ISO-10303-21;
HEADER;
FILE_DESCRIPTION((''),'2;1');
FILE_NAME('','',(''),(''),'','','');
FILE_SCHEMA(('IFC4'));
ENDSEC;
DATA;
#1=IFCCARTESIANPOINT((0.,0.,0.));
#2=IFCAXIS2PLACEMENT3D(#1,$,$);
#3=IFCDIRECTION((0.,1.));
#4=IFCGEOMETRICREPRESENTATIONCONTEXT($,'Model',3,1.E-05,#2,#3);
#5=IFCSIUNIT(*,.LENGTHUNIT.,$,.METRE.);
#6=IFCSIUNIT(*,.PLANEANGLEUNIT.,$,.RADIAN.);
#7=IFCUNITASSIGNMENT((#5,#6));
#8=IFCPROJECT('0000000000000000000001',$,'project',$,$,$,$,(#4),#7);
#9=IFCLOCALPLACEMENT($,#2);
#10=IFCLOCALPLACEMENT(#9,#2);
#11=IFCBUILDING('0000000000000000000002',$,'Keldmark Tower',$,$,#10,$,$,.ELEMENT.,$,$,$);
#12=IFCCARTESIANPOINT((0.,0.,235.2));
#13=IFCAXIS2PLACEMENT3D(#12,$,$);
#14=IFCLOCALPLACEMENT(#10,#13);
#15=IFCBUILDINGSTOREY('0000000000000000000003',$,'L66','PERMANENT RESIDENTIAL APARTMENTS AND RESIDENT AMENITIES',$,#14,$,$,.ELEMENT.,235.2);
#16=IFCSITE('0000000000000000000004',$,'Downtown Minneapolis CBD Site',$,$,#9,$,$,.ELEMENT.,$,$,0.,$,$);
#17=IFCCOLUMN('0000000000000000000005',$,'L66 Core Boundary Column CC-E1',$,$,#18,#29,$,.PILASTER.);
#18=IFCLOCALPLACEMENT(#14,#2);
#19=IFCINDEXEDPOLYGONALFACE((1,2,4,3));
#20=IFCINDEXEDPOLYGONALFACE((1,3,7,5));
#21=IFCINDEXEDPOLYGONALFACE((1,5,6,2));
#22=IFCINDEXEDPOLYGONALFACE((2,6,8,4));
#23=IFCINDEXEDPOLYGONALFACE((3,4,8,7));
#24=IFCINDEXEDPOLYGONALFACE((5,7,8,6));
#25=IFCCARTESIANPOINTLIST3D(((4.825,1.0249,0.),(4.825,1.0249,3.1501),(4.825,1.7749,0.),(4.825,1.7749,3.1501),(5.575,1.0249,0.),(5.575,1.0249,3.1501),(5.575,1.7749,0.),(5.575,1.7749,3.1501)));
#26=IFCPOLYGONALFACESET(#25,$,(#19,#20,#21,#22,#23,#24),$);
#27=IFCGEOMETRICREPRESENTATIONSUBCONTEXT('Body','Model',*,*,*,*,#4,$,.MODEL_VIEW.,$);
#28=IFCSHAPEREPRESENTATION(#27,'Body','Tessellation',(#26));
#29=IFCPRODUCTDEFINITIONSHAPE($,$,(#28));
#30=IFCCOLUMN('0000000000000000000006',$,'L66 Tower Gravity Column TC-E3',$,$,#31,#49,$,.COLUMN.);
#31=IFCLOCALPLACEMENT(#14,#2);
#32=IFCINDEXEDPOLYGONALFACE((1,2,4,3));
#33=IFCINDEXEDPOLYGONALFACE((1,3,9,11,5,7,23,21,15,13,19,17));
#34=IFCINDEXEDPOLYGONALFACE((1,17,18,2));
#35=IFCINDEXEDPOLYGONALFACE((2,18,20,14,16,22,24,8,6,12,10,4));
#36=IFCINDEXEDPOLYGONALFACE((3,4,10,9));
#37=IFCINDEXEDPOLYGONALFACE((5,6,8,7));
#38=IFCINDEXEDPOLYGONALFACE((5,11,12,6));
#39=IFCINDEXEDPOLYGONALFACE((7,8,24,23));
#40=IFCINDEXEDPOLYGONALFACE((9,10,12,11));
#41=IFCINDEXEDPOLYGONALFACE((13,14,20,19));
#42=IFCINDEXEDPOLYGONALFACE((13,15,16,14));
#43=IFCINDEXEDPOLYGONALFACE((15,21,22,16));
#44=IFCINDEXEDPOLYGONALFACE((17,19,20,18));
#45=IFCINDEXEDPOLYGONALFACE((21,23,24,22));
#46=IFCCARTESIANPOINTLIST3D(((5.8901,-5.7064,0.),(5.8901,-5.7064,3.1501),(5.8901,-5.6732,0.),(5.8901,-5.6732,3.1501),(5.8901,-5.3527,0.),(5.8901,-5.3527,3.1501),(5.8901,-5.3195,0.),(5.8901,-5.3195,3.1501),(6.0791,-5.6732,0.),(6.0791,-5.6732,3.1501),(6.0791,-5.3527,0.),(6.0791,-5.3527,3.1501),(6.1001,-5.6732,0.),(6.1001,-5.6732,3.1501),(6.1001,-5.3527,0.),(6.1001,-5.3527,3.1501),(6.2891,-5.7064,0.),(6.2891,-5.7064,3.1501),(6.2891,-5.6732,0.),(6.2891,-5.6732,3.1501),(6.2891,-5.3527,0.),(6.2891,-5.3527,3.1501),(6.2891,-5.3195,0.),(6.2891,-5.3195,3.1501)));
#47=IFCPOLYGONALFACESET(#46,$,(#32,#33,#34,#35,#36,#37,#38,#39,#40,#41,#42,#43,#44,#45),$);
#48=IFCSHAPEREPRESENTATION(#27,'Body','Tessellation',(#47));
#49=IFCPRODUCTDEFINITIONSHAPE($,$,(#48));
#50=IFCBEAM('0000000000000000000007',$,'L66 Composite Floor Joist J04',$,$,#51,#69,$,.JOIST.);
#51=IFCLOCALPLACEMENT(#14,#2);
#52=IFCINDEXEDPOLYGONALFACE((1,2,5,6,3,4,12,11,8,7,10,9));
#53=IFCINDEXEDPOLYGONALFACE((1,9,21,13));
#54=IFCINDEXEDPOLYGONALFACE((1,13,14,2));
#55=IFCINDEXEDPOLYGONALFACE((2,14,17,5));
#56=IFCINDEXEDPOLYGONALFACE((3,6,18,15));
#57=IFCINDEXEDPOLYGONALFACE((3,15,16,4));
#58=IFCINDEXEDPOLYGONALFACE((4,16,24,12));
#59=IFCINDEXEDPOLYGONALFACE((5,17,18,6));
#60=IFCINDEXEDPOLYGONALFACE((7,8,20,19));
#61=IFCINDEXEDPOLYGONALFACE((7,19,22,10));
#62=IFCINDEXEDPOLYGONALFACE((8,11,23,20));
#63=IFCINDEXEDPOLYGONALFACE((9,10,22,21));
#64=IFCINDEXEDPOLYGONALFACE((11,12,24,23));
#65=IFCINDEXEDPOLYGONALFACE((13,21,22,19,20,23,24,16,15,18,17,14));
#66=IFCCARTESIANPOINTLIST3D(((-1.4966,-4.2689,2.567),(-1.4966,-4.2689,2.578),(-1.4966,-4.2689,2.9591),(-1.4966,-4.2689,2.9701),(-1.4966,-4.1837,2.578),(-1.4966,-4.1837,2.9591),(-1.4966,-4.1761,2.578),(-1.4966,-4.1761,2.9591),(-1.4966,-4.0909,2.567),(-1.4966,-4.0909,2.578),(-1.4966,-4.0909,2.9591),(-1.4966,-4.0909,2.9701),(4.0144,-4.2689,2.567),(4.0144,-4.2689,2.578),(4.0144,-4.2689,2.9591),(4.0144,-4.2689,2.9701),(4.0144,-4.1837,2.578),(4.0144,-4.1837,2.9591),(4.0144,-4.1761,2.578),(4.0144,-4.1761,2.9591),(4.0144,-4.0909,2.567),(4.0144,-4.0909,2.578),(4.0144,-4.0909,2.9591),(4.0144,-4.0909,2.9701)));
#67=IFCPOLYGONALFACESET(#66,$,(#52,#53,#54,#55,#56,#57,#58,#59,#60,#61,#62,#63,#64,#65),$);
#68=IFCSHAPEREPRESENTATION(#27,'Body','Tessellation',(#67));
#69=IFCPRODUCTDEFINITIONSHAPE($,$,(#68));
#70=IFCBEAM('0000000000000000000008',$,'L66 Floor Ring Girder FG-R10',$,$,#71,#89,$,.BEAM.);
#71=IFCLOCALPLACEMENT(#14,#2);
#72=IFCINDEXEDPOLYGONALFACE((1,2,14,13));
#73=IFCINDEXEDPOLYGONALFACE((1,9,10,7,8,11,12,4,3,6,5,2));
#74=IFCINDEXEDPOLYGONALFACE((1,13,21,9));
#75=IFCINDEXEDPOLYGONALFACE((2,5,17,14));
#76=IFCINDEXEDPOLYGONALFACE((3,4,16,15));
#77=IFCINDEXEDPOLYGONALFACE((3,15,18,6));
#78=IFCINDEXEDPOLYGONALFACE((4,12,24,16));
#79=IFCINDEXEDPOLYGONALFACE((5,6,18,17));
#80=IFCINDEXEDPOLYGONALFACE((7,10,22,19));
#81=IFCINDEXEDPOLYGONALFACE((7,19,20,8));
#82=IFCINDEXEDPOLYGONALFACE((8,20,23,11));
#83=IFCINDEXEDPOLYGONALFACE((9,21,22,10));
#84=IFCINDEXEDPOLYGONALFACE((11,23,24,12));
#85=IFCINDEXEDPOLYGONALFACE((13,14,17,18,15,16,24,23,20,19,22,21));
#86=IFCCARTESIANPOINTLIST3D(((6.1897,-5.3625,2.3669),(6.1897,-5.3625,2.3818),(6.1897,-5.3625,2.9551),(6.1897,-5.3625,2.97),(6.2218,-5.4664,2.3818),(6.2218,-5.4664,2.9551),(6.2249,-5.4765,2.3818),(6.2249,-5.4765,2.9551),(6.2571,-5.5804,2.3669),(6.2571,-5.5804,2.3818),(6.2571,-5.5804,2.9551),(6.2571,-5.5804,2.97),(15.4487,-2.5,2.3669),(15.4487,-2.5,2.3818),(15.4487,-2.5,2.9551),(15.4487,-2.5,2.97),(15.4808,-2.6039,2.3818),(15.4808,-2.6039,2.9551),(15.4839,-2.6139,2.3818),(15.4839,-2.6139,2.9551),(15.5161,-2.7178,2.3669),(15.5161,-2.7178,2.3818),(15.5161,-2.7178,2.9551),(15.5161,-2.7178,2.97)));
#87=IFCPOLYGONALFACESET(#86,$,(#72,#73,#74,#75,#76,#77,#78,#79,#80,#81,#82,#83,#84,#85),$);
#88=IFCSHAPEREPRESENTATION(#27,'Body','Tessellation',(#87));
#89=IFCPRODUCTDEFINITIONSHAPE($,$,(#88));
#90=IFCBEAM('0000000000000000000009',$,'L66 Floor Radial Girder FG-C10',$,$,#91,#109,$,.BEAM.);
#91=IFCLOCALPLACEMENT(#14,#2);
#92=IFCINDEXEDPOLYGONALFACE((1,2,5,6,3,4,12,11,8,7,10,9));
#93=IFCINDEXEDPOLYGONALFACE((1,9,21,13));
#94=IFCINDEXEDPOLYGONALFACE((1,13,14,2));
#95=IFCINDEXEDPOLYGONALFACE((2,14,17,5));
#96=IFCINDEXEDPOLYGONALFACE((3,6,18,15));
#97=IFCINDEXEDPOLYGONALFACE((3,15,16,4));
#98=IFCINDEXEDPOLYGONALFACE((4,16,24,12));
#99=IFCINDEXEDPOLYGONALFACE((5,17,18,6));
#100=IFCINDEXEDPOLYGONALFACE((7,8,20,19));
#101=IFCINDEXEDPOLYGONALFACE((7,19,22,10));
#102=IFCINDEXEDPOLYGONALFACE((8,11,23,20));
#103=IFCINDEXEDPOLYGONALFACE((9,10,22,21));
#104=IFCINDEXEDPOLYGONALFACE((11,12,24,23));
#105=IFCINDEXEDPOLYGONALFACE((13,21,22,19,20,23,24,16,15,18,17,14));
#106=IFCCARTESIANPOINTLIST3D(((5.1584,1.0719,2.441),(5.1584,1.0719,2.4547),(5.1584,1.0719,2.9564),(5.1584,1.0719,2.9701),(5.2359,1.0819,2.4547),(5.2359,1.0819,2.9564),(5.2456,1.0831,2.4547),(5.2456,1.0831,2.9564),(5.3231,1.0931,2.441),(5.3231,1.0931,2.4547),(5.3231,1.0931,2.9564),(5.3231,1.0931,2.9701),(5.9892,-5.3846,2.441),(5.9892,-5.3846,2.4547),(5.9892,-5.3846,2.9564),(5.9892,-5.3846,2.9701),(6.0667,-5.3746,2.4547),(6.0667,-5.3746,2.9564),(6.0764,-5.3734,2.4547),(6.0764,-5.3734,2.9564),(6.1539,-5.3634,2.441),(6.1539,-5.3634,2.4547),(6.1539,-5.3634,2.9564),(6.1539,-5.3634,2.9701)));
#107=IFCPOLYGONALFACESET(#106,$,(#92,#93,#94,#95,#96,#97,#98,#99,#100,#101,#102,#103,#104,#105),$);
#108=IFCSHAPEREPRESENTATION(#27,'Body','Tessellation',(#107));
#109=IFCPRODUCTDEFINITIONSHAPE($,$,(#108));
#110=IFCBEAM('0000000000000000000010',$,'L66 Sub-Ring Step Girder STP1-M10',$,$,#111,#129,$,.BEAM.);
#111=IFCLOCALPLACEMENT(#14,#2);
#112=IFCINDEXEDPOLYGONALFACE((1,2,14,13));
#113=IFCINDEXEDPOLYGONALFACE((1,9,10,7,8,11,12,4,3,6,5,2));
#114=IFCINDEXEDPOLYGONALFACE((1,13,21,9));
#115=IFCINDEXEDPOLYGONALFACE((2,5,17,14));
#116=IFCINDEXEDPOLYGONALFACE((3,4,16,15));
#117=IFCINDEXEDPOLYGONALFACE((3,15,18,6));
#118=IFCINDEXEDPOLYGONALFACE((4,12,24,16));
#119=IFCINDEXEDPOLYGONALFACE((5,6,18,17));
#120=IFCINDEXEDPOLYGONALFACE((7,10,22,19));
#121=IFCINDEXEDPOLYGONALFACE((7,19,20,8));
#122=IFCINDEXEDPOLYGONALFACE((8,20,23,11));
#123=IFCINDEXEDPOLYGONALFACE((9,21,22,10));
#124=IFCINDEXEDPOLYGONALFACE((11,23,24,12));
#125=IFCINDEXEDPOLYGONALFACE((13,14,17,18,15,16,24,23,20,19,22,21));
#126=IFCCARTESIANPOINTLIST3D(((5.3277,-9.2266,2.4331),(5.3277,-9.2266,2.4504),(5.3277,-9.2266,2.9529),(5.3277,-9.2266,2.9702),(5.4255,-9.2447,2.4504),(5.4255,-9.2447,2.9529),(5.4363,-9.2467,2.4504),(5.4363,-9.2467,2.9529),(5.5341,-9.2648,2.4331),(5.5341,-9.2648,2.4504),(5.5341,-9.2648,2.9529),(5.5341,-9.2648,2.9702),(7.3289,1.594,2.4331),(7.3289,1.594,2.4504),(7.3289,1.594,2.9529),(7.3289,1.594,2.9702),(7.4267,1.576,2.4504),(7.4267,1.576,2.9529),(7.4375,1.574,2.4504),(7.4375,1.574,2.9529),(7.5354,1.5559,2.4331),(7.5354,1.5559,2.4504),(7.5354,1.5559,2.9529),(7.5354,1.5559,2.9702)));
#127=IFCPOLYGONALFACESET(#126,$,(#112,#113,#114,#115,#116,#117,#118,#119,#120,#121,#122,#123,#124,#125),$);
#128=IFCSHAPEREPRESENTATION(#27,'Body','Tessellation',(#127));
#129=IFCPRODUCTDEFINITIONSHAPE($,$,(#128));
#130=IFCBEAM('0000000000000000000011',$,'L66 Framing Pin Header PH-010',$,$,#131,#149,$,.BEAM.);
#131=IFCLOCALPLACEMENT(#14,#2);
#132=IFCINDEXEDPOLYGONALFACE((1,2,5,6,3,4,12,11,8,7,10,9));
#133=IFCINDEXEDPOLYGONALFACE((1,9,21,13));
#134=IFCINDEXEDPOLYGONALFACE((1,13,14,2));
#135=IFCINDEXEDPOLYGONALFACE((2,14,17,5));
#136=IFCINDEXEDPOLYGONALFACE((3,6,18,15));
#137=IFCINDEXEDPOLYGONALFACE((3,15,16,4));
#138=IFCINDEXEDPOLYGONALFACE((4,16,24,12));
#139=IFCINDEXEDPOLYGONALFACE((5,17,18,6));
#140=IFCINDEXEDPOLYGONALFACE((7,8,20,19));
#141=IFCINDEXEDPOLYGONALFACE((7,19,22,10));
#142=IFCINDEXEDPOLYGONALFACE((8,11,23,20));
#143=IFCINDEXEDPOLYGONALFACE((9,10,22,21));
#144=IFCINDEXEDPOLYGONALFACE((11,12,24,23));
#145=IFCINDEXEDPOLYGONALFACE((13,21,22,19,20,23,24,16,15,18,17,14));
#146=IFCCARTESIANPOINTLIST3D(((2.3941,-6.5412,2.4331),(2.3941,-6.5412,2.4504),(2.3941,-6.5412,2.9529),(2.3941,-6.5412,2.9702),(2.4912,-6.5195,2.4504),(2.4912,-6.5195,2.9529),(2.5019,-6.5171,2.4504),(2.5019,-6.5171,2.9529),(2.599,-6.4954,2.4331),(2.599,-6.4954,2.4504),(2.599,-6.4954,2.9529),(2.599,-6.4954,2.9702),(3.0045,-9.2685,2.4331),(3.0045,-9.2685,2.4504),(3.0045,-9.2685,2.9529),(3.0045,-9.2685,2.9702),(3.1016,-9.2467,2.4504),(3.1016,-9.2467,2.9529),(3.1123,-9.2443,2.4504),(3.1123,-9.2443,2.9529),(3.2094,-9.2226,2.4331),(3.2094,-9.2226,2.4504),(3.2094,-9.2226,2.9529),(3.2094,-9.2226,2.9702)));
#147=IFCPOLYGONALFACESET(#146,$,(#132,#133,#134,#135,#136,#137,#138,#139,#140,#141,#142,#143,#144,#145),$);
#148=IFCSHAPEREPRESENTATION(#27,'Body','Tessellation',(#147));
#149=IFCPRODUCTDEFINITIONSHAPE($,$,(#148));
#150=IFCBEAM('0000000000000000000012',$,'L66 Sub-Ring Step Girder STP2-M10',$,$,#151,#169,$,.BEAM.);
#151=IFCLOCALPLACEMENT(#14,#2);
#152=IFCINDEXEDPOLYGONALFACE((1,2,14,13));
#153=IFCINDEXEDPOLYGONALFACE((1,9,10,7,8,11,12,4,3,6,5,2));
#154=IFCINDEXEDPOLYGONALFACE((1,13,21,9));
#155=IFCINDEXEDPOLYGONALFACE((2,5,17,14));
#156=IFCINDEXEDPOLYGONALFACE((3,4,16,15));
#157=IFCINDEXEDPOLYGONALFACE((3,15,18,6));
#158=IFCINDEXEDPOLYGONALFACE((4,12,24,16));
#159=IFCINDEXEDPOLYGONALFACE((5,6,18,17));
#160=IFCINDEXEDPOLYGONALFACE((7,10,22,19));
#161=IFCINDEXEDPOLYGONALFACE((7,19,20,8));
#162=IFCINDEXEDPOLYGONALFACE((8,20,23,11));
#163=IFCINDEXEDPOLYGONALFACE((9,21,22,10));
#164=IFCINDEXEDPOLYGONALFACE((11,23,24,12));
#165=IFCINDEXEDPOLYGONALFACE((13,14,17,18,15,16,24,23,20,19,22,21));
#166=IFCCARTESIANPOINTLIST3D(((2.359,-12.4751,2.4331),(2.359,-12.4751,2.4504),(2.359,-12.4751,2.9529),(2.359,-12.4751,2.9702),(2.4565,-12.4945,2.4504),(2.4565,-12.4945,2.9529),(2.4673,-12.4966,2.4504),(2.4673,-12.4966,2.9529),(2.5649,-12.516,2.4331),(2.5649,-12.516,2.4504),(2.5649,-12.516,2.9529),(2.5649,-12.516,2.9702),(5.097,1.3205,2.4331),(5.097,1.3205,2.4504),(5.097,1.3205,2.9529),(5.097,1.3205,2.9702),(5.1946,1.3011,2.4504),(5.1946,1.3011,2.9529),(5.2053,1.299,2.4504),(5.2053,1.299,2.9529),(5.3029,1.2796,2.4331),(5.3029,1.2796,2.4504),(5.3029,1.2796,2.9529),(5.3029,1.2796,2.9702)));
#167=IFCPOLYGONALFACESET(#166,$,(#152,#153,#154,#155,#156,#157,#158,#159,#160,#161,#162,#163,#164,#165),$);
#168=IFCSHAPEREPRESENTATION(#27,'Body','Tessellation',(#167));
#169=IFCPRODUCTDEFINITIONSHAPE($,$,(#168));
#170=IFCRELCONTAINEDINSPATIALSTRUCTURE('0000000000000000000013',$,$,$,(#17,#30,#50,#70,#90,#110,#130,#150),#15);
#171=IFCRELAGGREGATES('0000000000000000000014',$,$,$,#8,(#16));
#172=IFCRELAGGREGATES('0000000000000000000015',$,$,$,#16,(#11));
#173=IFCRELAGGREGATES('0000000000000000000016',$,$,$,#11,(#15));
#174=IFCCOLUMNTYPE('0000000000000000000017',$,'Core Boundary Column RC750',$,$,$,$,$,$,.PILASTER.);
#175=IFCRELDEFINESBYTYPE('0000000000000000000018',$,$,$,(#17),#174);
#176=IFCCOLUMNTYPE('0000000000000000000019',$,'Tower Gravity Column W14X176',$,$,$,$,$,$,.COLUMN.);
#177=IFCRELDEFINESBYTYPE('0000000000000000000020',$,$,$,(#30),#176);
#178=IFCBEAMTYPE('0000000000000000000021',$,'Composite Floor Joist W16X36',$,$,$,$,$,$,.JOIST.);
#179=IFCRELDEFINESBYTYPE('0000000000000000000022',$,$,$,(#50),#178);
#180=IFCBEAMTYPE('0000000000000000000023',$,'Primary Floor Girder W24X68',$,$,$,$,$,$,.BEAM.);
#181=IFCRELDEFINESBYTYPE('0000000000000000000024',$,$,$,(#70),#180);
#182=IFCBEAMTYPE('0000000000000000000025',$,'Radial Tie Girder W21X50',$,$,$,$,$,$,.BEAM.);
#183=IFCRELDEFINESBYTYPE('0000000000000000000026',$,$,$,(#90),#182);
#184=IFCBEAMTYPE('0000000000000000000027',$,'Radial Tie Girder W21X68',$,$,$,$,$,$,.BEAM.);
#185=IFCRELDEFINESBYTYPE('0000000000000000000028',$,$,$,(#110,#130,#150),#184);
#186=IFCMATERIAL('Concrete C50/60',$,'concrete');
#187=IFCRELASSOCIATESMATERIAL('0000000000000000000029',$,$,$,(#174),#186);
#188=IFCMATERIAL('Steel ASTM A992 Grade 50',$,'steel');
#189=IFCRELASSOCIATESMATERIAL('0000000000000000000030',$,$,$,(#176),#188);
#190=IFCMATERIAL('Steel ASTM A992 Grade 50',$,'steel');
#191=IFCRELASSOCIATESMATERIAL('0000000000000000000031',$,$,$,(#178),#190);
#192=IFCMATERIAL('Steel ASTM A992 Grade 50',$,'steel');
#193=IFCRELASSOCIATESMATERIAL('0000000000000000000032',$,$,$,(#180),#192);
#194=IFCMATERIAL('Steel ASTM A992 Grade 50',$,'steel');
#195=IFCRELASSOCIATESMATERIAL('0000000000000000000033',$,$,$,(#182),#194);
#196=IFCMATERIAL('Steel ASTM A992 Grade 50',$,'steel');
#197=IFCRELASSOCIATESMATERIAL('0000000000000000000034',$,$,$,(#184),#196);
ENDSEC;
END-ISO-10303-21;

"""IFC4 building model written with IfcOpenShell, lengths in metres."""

from ifc_helpers import new_model, si_unit, direction, frame, origin, origin_2d, place, context, subcontext, project, spatial, rectangle, i_section, extrude, material, material_profile, profile_set, type_object, element, save


model = new_model("IFC4")

# Units and contexts
model_context = context("Model", 3, precision=1e-05, world=origin(), true_north=direction((0.0, 1.0)))
body_context = subcontext(model_context, "Body", "Model", "MODEL_VIEW")
ifc_project = project(units=[si_unit("LENGTHUNIT", "METRE"), si_unit("PLANEANGLEUNIT", "RADIAN")], contexts=[model_context])

# Site, building, storey
site_placement = place(None, origin())
site = spatial("IfcSite", under=ifc_project, at=site_placement, Name="Downtown Minneapolis CBD Site", CompositionType="ELEMENT", RefElevation=0.0)
building_placement = place(site_placement, origin())
building = spatial("IfcBuilding", under=site, at=building_placement, Name="Keldmark Tower", CompositionType="ELEMENT")
storey_placement = place(building_placement, frame((0.0, 0.0, 235.2)))
storey = spatial("IfcBuildingStorey", under=building, at=storey_placement, Name="L66", Description="PERMANENT RESIDENTIAL APARTMENTS AND RESIDENT AMENITIES", CompositionType="ELEMENT", Elevation=235.2)

# Columns
ifc_material_1 = material(Name="Concrete C50/60", Category="concrete")
ifc_material_profile_1 = material_profile(ifc_material_1, rectangle(XDim=0.75, YDim=0.75, at=origin_2d()), Name="RC750X750")
ifc_profile_set_1 = profile_set([ifc_material_profile_1], Name="Concrete C50/60")
column_type_1 = type_object("IfcColumnType", Name="Core Boundary Column RC750", PredefinedType="PILASTER", material=ifc_profile_set_1)
column_1_placement = place(storey_placement, frame((5.2, 1.3999, 0.0), z_axis=(0.0, 0.0, 1.0), x_axis=(1.0, 0.0, 0.0)))
element("IfcColumn", 1, at=column_1_placement, inside=storey, type_object=column_type_1, Name="L66 Core Boundary Column CC-E1", PredefinedType="PILASTER", context=body_context, shape_type="SweptSolid", body=[
    extrude(rectangle(XDim=0.75, YDim=0.75, at=origin_2d()), origin(), (0.0, 0.0, 1.0), 3.1501),
])
ifc_material_2 = material(Name="Steel ASTM A992 Grade 50", Category="steel")
ifc_material_profile_2 = material_profile(ifc_material_2, i_section(OverallWidth=0.3989, OverallDepth=0.387, WebThickness=0.021, FlangeThickness=0.0332, at=origin_2d()), Name="W14X176")
ifc_profile_set_2 = profile_set([ifc_material_profile_2], Name="Steel ASTM A992 Grade 50")
column_type_2 = type_object("IfcColumnType", Name="Tower Gravity Column W14X176", PredefinedType="COLUMN", material=ifc_profile_set_2)
column_2_placement = place(storey_placement, frame((6.0896, -5.5129, 0.0), z_axis=(0.0, 0.0, 1.0), x_axis=(1.0, 0.0, 0.0)))
element("IfcColumn", 2, at=column_2_placement, inside=storey, type_object=column_type_2, Name="L66 Tower Gravity Column TC-E3", PredefinedType="COLUMN", context=body_context, shape_type="SweptSolid", body=[
    extrude(i_section(OverallWidth=0.3989, OverallDepth=0.387, WebThickness=0.021, FlangeThickness=0.0332, at=origin_2d()), origin(), (0.0, 0.0, 1.0), 3.1501),
])

# Beams
ifc_material_3 = material(Name="Steel ASTM A992 Grade 50", Category="steel")
ifc_material_profile_3 = material_profile(ifc_material_3, i_section(OverallWidth=0.178, OverallDepth=0.4031, WebThickness=0.0076, FlangeThickness=0.011, at=origin_2d()), Name="W16X36")
ifc_profile_set_3 = profile_set([ifc_material_profile_3], Name="Steel ASTM A992 Grade 50")
beam_type_1 = type_object("IfcBeamType", Name="Composite Floor Joist W16X36", PredefinedType="JOIST", material=ifc_profile_set_3)
beam_1_placement = place(storey_placement, frame((-1.4966, -4.1799, 2.7686), z_axis=(1.0, 0.0, 0.0), x_axis=(0.0, 1.0, 0.0)))
element("IfcBeam", 3, at=beam_1_placement, inside=storey, type_object=beam_type_1, Name="L66 Composite Floor Joist J04", PredefinedType="JOIST", context=body_context, shape_type="SweptSolid", body=[
    extrude(i_section(OverallWidth=0.178, OverallDepth=0.4031, WebThickness=0.0076, FlangeThickness=0.011, at=origin_2d()), origin(), (0.0, 0.0, 1.0), 5.511),
])
ifc_material_4 = material(Name="Steel ASTM A992 Grade 50", Category="steel")
ifc_material_profile_4 = material_profile(ifc_material_4, i_section(OverallWidth=0.228, OverallDepth=0.603, WebThickness=0.0105, FlangeThickness=0.0149, at=origin_2d()), Name="W24X68")
ifc_profile_set_4 = profile_set([ifc_material_profile_4], Name="Steel ASTM A992 Grade 50")
beam_type_2 = type_object("IfcBeamType", Name="Primary Floor Girder W24X68", PredefinedType="BEAM", material=ifc_profile_set_4)
beam_2_placement = place(storey_placement, frame((6.2234, -5.4714, 2.6685), z_axis=(0.955383, 0.295369, 0.0), x_axis=(-0.295369, 0.955383, 0.0)))
element("IfcBeam", 4, at=beam_2_placement, inside=storey, type_object=beam_type_2, Name="L66 Floor Ring Girder FG-R10", PredefinedType="BEAM", context=body_context, shape_type="SweptSolid", body=[
    extrude(i_section(OverallWidth=0.228, OverallDepth=0.603, WebThickness=0.0105, FlangeThickness=0.0149, at=origin_2d()), origin(), (0.0, 0.0, 1.0), 9.6914),
])
ifc_material_5 = material(Name="Steel ASTM A992 Grade 50", Category="steel")
ifc_material_profile_5 = material_profile(ifc_material_5, i_section(OverallWidth=0.166, OverallDepth=0.5291, WebThickness=0.0098, FlangeThickness=0.0137, at=origin_2d()), Name="W21X50")
ifc_profile_set_5 = profile_set([ifc_material_profile_5], Name="Steel ASTM A992 Grade 50")
beam_type_3 = type_object("IfcBeamType", Name="Radial Tie Girder W21X50", PredefinedType="BEAM", material=ifc_profile_set_5)
beam_3_placement = place(storey_placement, frame((6.0715, -5.374, 2.7056), z_axis=(-0.127625, 0.991822, 0.0), x_axis=(-0.991822, -0.127625, 0.0)))
element("IfcBeam", 5, at=beam_3_placement, inside=storey, type_object=beam_type_3, Name="L66 Floor Radial Girder FG-C10", PredefinedType="BEAM", context=body_context, shape_type="SweptSolid", body=[
    extrude(i_section(OverallWidth=0.166, OverallDepth=0.5291, WebThickness=0.0098, FlangeThickness=0.0137, at=origin_2d()), origin(), (0.0, 0.0, 1.0), 6.5098),
])
ifc_material_6 = material(Name="Steel ASTM A992 Grade 50", Category="steel")
ifc_material_profile_6 = material_profile(ifc_material_6, i_section(OverallWidth=0.21, OverallDepth=0.5371, WebThickness=0.011, FlangeThickness=0.0173, at=origin_2d()), Name="W21X68")
ifc_profile_set_6 = profile_set([ifc_material_profile_6], Name="Steel ASTM A992 Grade 50")
beam_type_4 = type_object("IfcBeamType", Name="Radial Tie Girder W21X68", PredefinedType="BEAM", material=ifc_profile_set_6)
beam_4_placement = place(storey_placement, frame((7.4321, 1.575, 2.7017), z_axis=(-0.181862, -0.983324, 0.0), x_axis=(0.983324, -0.181862, 0.0)))
element("IfcBeam", 6, at=beam_4_placement, inside=storey, type_object=beam_type_4, Name="L66 Sub-Ring Step Girder STP1-M10", PredefinedType="BEAM", context=body_context, shape_type="SweptSolid", body=[
    extrude(i_section(OverallWidth=0.21, OverallDepth=0.5371, WebThickness=0.011, FlangeThickness=0.0173, at=origin_2d()), origin(), (0.0, 0.0, 1.0), 11.0042),
])
beam_5_placement = place(storey_placement, frame((2.4966, -6.5183, 2.7017), z_axis=(0.218392, -0.975861, 0.0), x_axis=(0.975861, 0.218392, 0.0)))
element("IfcBeam", 7, at=beam_5_placement, inside=storey, type_object=beam_type_4, Name="L66 Framing Pin Header PH-010", PredefinedType="BEAM", context=body_context, shape_type="SweptSolid", body=[
    extrude(i_section(OverallWidth=0.21, OverallDepth=0.5371, WebThickness=0.011, FlangeThickness=0.0173, at=origin_2d()), origin(), (0.0, 0.0, 1.0), 2.7947),
])
beam_6_placement = place(storey_placement, frame((5.2, 1.3, 2.7017), z_axis=(-0.194674, -0.980868, 0.0), x_axis=(0.980868, -0.194674, 0.0)))
element("IfcBeam", 8, at=beam_6_placement, inside=storey, type_object=beam_type_4, Name="L66 Sub-Ring Step Girder STP2-M10", PredefinedType="BEAM", context=body_context, shape_type="SweptSolid", body=[
    extrude(i_section(OverallWidth=0.21, OverallDepth=0.5371, WebThickness=0.011, FlangeThickness=0.0173, at=origin_2d()), origin(), (0.0, 0.0, 1.0), 14.0647),
])

save(model, "model.ifc")
